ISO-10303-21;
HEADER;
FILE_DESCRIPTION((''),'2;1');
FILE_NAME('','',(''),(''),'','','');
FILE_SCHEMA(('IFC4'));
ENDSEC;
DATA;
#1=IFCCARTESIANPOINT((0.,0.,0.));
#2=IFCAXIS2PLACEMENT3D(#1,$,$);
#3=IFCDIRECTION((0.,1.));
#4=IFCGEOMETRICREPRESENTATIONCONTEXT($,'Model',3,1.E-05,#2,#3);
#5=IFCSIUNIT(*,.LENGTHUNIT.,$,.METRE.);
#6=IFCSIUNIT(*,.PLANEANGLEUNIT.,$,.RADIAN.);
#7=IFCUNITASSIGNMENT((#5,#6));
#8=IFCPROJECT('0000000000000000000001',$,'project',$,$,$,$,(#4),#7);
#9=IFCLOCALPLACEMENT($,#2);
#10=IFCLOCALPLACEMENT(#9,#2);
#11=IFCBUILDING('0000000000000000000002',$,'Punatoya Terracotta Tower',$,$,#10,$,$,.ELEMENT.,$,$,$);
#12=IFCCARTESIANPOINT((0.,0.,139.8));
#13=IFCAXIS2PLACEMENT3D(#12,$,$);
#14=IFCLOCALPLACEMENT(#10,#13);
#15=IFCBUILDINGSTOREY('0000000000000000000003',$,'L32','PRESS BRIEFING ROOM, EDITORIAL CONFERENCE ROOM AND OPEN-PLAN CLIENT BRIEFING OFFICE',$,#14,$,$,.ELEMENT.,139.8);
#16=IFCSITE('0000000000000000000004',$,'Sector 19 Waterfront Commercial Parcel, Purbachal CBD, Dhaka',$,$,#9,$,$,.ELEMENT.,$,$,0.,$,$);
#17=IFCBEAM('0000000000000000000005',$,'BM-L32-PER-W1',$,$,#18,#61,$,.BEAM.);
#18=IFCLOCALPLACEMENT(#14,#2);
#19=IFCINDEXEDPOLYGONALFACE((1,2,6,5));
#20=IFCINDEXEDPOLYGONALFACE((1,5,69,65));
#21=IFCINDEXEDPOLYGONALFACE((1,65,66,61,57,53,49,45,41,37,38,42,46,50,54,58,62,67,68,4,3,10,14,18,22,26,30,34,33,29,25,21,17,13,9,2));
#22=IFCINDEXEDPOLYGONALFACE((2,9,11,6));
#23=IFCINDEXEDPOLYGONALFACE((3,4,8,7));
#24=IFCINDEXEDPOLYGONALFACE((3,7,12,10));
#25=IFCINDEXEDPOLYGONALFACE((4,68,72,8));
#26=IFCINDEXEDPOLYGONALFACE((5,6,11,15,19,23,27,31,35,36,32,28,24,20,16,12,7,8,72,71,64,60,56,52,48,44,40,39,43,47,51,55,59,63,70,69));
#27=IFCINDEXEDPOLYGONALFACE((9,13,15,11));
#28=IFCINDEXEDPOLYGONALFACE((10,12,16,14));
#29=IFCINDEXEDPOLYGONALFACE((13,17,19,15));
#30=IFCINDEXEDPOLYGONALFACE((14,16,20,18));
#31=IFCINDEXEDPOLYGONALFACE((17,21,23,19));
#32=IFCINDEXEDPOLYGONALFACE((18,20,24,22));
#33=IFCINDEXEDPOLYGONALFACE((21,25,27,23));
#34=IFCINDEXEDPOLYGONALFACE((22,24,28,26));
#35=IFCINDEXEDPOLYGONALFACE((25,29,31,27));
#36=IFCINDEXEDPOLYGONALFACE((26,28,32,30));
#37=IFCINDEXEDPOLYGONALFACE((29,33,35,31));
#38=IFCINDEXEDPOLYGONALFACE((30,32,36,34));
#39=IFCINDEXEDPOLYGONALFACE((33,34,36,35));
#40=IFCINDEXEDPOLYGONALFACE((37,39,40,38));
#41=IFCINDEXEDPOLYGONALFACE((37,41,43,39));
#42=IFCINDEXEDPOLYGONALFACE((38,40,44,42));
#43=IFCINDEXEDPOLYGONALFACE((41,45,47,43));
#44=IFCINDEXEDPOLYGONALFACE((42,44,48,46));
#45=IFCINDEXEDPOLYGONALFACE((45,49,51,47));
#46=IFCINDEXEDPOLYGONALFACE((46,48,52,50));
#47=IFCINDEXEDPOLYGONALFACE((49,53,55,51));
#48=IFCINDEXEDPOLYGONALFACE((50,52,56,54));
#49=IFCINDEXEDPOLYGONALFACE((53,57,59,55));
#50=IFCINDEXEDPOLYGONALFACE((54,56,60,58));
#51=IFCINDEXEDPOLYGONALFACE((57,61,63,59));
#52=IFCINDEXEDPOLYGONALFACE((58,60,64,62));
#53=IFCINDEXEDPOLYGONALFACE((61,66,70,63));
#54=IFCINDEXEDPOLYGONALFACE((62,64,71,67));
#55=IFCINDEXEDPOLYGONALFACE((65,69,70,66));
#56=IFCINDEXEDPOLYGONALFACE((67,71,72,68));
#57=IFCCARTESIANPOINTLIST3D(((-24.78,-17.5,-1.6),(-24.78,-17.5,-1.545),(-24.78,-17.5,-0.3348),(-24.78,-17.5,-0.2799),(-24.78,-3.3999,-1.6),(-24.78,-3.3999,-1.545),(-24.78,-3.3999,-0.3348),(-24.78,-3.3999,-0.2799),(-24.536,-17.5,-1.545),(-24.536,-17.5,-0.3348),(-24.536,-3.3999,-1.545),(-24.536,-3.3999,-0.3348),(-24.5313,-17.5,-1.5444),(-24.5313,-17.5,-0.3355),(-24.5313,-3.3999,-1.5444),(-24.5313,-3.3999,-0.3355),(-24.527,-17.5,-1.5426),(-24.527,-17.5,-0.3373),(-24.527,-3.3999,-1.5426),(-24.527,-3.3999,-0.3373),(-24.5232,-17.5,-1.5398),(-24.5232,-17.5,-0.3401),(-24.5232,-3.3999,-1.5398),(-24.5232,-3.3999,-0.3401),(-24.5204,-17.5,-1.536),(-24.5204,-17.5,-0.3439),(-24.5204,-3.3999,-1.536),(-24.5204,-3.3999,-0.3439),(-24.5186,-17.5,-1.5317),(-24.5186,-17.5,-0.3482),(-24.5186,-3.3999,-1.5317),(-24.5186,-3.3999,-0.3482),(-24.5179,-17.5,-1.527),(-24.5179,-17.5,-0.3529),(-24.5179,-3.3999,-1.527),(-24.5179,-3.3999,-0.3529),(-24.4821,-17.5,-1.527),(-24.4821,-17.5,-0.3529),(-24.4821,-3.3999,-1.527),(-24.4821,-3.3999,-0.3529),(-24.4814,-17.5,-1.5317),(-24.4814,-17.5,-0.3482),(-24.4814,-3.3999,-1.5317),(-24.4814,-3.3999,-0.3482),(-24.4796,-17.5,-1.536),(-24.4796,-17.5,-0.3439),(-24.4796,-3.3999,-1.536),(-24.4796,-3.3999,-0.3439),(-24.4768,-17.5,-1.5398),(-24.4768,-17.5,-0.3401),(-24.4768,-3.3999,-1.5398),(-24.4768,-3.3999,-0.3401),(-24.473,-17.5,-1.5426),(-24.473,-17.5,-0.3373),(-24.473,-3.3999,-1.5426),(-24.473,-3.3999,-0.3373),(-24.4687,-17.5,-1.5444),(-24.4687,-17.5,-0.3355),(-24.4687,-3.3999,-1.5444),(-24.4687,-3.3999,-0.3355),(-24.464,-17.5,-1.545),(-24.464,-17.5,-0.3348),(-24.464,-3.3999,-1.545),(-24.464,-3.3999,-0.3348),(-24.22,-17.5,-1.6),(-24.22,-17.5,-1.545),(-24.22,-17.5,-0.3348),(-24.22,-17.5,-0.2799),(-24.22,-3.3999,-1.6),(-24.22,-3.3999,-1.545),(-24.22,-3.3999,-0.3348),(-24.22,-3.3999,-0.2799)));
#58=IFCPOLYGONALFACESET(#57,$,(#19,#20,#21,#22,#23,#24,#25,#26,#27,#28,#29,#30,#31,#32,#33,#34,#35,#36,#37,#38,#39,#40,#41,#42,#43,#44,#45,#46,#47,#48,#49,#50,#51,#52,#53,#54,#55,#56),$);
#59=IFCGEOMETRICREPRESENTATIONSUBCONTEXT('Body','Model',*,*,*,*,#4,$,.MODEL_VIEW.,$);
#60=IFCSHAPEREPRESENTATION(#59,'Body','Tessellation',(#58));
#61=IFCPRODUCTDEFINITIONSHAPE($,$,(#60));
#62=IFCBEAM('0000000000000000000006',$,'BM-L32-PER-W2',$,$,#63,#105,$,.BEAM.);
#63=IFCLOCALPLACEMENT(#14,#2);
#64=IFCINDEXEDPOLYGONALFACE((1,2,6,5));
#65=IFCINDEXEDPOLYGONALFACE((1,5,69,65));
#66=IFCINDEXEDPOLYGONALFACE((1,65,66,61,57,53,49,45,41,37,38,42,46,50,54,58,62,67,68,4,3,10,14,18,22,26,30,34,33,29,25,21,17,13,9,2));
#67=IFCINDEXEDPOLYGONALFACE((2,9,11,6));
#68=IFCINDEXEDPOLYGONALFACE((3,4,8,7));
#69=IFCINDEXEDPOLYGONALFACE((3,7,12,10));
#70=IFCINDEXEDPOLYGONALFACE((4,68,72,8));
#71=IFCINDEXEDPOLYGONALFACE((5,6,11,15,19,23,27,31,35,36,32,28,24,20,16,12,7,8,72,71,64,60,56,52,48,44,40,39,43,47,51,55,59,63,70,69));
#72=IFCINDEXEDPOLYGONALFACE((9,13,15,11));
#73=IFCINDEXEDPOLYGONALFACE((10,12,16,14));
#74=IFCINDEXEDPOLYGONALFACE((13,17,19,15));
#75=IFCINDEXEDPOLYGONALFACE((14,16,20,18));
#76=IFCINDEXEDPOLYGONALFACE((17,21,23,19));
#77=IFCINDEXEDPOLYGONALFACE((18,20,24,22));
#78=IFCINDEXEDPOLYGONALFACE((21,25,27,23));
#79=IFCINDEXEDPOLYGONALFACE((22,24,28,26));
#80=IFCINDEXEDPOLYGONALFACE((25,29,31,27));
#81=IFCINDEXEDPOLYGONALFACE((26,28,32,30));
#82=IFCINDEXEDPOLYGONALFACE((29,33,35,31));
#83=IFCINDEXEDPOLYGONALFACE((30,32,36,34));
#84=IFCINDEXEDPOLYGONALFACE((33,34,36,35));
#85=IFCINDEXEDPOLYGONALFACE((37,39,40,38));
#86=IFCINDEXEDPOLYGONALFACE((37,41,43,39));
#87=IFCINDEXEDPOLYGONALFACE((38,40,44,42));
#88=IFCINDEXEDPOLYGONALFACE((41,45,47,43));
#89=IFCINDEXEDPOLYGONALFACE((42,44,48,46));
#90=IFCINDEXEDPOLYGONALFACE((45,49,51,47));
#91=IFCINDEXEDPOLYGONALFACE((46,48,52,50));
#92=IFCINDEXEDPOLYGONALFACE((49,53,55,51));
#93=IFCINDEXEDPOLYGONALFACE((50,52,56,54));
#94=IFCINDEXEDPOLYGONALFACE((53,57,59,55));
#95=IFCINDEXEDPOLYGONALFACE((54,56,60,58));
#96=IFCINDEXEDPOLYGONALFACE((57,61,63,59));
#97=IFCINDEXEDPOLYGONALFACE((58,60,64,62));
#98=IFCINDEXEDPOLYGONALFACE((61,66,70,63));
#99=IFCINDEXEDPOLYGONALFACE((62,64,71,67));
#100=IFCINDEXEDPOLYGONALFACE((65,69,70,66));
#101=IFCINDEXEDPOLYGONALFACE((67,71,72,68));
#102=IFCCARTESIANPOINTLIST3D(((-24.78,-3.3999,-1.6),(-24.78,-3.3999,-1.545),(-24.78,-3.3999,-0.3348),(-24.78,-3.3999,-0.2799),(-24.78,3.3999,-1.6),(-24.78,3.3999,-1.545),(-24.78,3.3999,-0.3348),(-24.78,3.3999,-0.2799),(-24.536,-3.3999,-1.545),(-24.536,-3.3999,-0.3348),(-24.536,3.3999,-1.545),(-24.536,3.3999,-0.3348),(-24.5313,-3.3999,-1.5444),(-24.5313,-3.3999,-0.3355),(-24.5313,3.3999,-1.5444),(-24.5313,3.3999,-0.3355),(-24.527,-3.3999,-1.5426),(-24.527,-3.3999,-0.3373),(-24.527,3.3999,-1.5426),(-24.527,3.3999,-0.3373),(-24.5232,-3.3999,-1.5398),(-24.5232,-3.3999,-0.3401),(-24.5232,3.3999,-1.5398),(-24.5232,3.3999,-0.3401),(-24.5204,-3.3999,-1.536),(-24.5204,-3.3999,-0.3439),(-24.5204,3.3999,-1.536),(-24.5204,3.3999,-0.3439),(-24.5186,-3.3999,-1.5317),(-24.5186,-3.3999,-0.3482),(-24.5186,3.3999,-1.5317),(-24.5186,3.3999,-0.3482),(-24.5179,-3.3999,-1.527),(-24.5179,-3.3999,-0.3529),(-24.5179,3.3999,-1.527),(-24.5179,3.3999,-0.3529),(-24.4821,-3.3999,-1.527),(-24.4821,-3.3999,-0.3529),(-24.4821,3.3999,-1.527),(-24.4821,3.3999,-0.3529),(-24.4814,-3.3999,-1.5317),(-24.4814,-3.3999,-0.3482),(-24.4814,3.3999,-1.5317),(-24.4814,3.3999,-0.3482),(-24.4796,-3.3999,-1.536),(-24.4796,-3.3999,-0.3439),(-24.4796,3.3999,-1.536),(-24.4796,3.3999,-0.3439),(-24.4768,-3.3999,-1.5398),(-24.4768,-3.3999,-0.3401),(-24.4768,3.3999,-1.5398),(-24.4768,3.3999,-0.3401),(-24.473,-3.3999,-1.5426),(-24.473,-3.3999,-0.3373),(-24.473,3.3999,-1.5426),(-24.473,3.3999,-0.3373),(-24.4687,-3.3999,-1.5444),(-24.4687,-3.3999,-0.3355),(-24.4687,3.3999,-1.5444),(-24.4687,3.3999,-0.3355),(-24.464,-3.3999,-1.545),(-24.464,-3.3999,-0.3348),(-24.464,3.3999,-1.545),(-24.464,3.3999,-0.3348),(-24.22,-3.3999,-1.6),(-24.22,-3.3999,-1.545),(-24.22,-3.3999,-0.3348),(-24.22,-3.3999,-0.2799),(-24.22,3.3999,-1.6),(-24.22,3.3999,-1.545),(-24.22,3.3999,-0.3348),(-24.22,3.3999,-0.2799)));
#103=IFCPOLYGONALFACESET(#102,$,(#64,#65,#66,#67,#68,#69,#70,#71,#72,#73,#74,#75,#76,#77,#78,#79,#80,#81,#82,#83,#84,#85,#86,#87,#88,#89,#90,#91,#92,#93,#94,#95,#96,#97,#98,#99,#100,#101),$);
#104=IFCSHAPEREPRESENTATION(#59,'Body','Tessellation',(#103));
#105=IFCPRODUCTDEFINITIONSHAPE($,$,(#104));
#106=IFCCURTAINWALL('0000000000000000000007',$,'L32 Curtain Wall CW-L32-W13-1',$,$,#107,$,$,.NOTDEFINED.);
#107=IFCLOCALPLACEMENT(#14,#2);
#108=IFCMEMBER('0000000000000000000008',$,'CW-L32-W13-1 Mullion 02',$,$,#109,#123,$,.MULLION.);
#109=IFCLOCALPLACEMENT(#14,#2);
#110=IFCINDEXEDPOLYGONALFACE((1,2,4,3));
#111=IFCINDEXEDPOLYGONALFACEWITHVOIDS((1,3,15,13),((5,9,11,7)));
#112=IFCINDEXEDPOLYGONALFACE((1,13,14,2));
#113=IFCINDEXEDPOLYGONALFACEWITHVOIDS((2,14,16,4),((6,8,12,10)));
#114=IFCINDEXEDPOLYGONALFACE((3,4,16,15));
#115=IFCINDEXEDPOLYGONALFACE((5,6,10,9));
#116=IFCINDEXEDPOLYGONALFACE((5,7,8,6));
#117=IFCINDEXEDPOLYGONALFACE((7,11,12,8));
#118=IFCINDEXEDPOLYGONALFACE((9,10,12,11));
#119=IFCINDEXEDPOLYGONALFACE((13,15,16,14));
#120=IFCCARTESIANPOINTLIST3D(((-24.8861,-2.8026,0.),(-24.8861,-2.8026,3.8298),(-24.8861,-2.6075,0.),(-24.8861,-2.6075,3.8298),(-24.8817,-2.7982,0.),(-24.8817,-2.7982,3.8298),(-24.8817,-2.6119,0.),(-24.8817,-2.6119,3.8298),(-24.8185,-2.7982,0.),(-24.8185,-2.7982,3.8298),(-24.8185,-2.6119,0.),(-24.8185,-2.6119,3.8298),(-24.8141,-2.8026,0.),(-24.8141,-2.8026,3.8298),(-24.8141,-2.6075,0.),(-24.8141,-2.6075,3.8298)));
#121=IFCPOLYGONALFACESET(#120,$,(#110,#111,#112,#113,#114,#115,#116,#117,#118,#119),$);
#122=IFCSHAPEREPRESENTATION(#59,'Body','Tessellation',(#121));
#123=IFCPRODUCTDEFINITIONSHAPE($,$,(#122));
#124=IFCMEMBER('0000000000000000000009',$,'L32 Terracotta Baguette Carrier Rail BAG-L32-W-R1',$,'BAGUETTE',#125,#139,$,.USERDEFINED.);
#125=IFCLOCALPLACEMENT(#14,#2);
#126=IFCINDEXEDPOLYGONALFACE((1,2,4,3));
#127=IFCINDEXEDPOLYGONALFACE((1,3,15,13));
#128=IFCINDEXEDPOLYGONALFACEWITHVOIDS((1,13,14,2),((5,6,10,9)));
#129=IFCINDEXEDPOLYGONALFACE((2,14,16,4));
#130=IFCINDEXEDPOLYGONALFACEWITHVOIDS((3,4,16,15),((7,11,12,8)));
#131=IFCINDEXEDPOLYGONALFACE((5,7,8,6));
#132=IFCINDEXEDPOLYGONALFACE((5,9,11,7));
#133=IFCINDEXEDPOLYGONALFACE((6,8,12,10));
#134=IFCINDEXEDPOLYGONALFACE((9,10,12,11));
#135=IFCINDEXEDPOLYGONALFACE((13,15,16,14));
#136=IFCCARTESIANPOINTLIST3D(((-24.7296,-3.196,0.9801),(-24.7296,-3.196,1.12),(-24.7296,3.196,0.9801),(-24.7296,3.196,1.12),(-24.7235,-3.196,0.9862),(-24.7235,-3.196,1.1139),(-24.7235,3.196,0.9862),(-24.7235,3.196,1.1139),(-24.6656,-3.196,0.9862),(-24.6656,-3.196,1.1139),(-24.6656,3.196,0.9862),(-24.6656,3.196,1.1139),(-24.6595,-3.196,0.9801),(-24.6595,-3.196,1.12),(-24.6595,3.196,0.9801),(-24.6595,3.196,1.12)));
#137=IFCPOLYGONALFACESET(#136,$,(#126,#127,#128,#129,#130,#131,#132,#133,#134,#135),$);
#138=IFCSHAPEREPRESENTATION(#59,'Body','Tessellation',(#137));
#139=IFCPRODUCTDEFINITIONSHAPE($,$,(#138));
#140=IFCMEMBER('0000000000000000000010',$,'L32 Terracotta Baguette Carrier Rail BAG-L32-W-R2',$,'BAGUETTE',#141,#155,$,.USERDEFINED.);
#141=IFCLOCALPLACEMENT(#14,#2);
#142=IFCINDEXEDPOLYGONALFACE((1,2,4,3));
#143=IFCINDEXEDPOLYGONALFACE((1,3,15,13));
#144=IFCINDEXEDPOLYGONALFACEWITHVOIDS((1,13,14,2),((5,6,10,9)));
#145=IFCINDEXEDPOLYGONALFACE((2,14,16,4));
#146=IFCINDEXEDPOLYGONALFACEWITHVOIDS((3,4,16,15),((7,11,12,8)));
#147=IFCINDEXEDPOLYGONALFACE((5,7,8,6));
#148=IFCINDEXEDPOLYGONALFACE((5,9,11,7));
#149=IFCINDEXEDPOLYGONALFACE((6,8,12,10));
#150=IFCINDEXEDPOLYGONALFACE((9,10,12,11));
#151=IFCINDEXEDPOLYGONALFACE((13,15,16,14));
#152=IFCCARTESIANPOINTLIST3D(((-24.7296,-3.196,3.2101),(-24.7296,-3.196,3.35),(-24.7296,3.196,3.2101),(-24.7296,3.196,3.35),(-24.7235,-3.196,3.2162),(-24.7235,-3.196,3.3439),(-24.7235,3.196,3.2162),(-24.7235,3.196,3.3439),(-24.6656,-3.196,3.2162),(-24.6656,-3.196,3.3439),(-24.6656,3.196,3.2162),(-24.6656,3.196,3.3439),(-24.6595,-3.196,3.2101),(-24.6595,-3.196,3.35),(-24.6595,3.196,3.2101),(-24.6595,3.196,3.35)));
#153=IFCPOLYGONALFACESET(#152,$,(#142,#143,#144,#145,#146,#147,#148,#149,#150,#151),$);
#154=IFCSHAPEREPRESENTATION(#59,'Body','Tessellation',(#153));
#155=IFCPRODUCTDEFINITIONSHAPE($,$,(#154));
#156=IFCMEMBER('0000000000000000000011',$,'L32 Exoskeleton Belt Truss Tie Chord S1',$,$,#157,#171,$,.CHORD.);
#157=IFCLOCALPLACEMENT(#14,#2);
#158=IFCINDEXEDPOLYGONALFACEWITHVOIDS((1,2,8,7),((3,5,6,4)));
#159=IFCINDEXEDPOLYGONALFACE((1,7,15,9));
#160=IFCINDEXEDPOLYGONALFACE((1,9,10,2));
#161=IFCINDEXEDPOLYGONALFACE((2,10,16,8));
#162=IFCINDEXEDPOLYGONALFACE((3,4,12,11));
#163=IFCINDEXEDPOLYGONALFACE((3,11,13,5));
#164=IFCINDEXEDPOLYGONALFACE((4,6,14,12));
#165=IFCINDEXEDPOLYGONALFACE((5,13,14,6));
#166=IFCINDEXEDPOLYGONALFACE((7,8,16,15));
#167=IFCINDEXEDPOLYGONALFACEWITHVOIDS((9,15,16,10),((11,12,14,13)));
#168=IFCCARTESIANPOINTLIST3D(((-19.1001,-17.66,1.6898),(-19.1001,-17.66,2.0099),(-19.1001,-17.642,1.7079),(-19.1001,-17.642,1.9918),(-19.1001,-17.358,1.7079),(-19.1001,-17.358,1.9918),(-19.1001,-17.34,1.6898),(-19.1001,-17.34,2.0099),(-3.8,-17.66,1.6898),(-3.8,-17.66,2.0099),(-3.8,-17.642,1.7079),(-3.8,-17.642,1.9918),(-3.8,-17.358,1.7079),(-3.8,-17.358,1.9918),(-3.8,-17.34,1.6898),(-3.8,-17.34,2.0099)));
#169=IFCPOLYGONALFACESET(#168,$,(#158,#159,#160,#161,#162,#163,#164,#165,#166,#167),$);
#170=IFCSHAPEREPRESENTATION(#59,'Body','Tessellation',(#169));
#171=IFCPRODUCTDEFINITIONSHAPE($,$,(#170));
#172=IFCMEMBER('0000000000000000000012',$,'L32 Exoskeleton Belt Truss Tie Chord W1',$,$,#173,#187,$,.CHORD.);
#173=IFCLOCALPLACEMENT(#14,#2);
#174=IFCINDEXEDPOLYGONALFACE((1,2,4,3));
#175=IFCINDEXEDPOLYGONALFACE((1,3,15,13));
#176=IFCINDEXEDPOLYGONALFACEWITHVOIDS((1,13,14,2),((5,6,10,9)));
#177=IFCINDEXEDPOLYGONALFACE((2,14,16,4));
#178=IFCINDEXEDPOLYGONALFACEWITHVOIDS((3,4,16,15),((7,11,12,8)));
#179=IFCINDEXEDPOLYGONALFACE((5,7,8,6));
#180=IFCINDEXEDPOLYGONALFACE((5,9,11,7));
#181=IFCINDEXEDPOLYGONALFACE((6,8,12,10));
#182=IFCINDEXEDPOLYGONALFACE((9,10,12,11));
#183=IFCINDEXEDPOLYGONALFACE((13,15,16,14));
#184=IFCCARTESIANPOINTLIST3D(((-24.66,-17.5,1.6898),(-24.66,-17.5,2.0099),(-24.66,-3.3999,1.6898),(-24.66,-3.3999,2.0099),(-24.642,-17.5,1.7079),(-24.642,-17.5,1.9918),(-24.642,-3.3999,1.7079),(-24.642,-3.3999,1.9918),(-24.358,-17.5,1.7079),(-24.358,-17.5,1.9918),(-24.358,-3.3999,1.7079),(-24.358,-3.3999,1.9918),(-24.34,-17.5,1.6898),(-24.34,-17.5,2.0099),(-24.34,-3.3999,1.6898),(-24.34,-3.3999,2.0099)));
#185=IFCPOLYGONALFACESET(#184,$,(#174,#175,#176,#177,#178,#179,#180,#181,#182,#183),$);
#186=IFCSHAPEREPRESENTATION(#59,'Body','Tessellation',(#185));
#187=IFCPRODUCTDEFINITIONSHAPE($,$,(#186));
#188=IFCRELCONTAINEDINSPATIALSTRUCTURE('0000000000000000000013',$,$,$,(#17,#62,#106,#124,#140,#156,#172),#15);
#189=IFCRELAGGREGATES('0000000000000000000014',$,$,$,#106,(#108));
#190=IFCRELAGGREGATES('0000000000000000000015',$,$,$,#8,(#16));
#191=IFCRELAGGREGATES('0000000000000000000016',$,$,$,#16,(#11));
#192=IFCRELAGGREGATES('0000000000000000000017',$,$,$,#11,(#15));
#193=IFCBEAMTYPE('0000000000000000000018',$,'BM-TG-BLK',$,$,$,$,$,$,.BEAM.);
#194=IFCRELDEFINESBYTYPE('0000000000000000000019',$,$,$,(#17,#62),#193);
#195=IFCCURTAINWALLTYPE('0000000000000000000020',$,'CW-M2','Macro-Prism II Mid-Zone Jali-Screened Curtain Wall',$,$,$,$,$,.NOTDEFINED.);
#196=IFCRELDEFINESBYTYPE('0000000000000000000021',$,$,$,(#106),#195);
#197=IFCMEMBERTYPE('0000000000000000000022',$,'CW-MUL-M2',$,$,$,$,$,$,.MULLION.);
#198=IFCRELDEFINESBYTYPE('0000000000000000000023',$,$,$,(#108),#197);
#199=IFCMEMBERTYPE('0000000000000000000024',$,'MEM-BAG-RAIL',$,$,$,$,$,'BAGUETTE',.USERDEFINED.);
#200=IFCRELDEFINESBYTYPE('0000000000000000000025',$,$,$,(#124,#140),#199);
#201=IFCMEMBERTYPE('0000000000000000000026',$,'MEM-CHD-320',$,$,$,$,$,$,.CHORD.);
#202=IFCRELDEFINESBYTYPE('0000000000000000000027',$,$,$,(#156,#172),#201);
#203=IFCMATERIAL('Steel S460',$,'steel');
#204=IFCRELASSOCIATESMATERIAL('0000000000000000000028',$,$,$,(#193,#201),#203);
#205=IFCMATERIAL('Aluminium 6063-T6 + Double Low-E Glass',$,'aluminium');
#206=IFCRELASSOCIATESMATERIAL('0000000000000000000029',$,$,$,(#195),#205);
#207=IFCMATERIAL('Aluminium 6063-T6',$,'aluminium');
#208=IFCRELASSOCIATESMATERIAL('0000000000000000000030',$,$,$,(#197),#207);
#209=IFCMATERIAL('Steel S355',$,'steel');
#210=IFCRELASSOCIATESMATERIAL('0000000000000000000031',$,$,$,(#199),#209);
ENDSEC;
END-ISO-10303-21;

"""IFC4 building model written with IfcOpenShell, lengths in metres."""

from ifc_helpers import new_model, si_unit, direction, frame, origin, origin_2d, place, context, subcontext, project, spatial, hollow_rectangle, i_section, extrude, material, material_profile, profile_set, type_object, element, aggregate, save


model = new_model("IFC4")

# Units and contexts
model_context = context("Model", 3, precision=1e-05, world=origin(), true_north=direction((0.0, 1.0)))
body_context = subcontext(model_context, "Body", "Model", "MODEL_VIEW")
ifc_project = project(units=[si_unit("LENGTHUNIT", "METRE"), si_unit("PLANEANGLEUNIT", "RADIAN")], contexts=[model_context])

# Site, building, storey
site_placement = place(None, origin())
site = spatial("IfcSite", under=ifc_project, at=site_placement, Name="Sector 19 Waterfront Commercial Parcel, Purbachal CBD, Dhaka", CompositionType="ELEMENT", RefElevation=0.0)
building_placement = place(site_placement, origin())
building = spatial("IfcBuilding", under=site, at=building_placement, Name="Punatoya Terracotta Tower", CompositionType="ELEMENT")
storey_placement = place(building_placement, frame((0.0, 0.0, 139.8)))
storey = spatial("IfcBuildingStorey", under=building, at=storey_placement, Name="L32", Description="PRESS BRIEFING ROOM, EDITORIAL CONFERENCE ROOM AND OPEN-PLAN CLIENT BRIEFING OFFICE", CompositionType="ELEMENT", Elevation=139.8)

# Shared definitions
ifc_material_1 = material(Name="Steel S460", Category="steel")

# Beams
ifc_material_2 = material(Name="Steel S355", Category="steel")
ifc_material_profile_1 = material_profile(ifc_material_1, i_section(OverallWidth=0.5601, OverallDepth=1.3201, WebThickness=0.0359, FlangeThickness=0.0549, FilletRadius=0.0181, at=origin_2d()))
ifc_profile_set_1 = profile_set([ifc_material_profile_1], Name="Steel S460")
beam_type_1 = type_object("IfcBeamType", Name="BM-TG-BLK", PredefinedType="BEAM", material=ifc_profile_set_1)
beam_1_placement = place(storey_placement, frame((-24.5, -17.5, -0.9399), z_axis=(0.0, 1.0, 0.0), x_axis=(-1.0, 0.0, 0.0)))
element("IfcBeam", 1, at=beam_1_placement, inside=storey, type_object=beam_type_1, Name="BM-L32-PER-W1", PredefinedType="BEAM", context=body_context, shape_type="SweptSolid", body=[
    extrude(i_section(OverallWidth=0.5601, OverallDepth=1.3201, WebThickness=0.0359, FlangeThickness=0.0549, FilletRadius=0.0181, at=origin_2d()), origin(), (0.0, 0.0, 1.0), 14.1001),
])
beam_2_placement = place(storey_placement, frame((-24.5, -3.3999, -0.9399), z_axis=(0.0, 1.0, 0.0), x_axis=(-1.0, 0.0, 0.0)))
element("IfcBeam", 2, at=beam_2_placement, inside=storey, type_object=beam_type_1, Name="BM-L32-PER-W2", PredefinedType="BEAM", context=body_context, shape_type="SweptSolid", body=[
    extrude(i_section(OverallWidth=0.5601, OverallDepth=1.3201, WebThickness=0.0359, FlangeThickness=0.0549, FilletRadius=0.0181, at=origin_2d()), origin(), (0.0, 0.0, 1.0), 6.7998),
])

# Curtain wall, member
ifc_material_3 = material(Name="Aluminium 6063-T6 + Double Low-E Glass", Category="aluminium")
curtain_wall_type = type_object("IfcCurtainWallType", Name="CW-M2", Description="Macro-Prism II Mid-Zone Jali-Screened Curtain Wall", PredefinedType="NOTDEFINED", material=ifc_material_3)
curtain_wall_placement = place(storey_placement, origin())
curtain_wall = element("IfcCurtainWall", 3, at=curtain_wall_placement, inside=storey, type_object=curtain_wall_type, Name="L32 Curtain Wall CW-L32-W13-1", PredefinedType="NOTDEFINED")
ifc_material_4 = material(Name="Aluminium 6063-T6", Category="aluminium")
ifc_material_profile_2 = material_profile(ifc_material_4, hollow_rectangle(XDim=0.072, YDim=0.1951, WallThickness=0.0044, at=origin_2d()))
ifc_profile_set_2 = profile_set([ifc_material_profile_2], Name="Aluminium 6063-T6")
member_type_1 = type_object("IfcMemberType", Name="CW-MUL-M2", PredefinedType="MULLION", material=ifc_profile_set_2)
member_1_placement = place(storey_placement, frame((-24.8501, -2.7051, 0.0), z_axis=(0.0, 0.0, 1.0), x_axis=(1.0, 0.0, 0.0)))
member_1 = element("IfcMember", 4, at=member_1_placement, type_object=member_type_1, Name="CW-L32-W13-1 Mullion 02", PredefinedType="MULLION", context=body_context, shape_type="SweptSolid", body=[
    extrude(hollow_rectangle(XDim=0.072, YDim=0.1951, WallThickness=0.0044, at=origin_2d()), origin(), (0.0, 0.0, 1.0), 3.8298),
])

# Members
ifc_material_profile_3 = material_profile(ifc_material_2, hollow_rectangle(XDim=0.0701, YDim=0.1399, WallThickness=0.0061, at=origin_2d()))
ifc_profile_set_3 = profile_set([ifc_material_profile_3], Name="Steel S355")
member_type_2 = type_object("IfcMemberType", Name="MEM-BAG-RAIL", ElementType="BAGUETTE", PredefinedType="USERDEFINED", material=ifc_profile_set_3)
for number, where, z_axis, x_axis, name in (
    (5, (-24.6946, -3.196, 1.05), (0.0, 1.0, 0.0), (-1.0, 0.0, 0.0), "L32 Terracotta Baguette Carrier Rail BAG-L32-W-R1"),
    (6, (-24.6946, -3.196, 3.28), (0.0, 1.0, 0.0), (-1.0, 0.0, 0.0), "L32 Terracotta Baguette Carrier Rail BAG-L32-W-R2"),
):
    element("IfcMember", number, at=place(storey_placement, frame(where, z_axis=z_axis, x_axis=x_axis)), inside=storey, type_object=member_type_2, Name=name, ObjectType="BAGUETTE", PredefinedType="USERDEFINED", context=body_context, shape_type="SweptSolid", body=[
        extrude(hollow_rectangle(XDim=0.0701, YDim=0.1399, WallThickness=0.0061, at=origin_2d()), origin(), (0.0, 0.0, 1.0), 6.3921),
    ])
ifc_material_profile_4 = material_profile(ifc_material_1, hollow_rectangle(XDim=0.3201, YDim=0.3201, WallThickness=0.0181, at=origin_2d()))
ifc_profile_set_4 = profile_set([ifc_material_profile_4], Name="Steel S460")
member_type_3 = type_object("IfcMemberType", Name="MEM-CHD-320", PredefinedType="CHORD", material=ifc_profile_set_4)
member_2_placement = place(storey_placement, frame((-19.1001, -17.5, 1.8499), z_axis=(1.0, 0.0, 0.0), x_axis=(0.0, 1.0, 0.0)))
element("IfcMember", 7, at=member_2_placement, inside=storey, type_object=member_type_3, Name="L32 Exoskeleton Belt Truss Tie Chord S1", PredefinedType="CHORD", context=body_context, shape_type="SweptSolid", body=[
    extrude(hollow_rectangle(XDim=0.3201, YDim=0.3201, WallThickness=0.0181, at=origin_2d()), origin(), (0.0, 0.0, 1.0), 15.3),
])
member_3_placement = place(storey_placement, frame((-24.5, -17.5, 1.8499), z_axis=(0.0, 1.0, 0.0), x_axis=(-1.0, 0.0, 0.0)))
element("IfcMember", 8, at=member_3_placement, inside=storey, type_object=member_type_3, Name="L32 Exoskeleton Belt Truss Tie Chord W1", PredefinedType="CHORD", context=body_context, shape_type="SweptSolid", body=[
    extrude(hollow_rectangle(XDim=0.3201, YDim=0.3201, WallThickness=0.0181, at=origin_2d()), origin(), (0.0, 0.0, 1.0), 14.1001),
])

aggregate(curtain_wall, [member_1])

save(model, "model.ifc")
